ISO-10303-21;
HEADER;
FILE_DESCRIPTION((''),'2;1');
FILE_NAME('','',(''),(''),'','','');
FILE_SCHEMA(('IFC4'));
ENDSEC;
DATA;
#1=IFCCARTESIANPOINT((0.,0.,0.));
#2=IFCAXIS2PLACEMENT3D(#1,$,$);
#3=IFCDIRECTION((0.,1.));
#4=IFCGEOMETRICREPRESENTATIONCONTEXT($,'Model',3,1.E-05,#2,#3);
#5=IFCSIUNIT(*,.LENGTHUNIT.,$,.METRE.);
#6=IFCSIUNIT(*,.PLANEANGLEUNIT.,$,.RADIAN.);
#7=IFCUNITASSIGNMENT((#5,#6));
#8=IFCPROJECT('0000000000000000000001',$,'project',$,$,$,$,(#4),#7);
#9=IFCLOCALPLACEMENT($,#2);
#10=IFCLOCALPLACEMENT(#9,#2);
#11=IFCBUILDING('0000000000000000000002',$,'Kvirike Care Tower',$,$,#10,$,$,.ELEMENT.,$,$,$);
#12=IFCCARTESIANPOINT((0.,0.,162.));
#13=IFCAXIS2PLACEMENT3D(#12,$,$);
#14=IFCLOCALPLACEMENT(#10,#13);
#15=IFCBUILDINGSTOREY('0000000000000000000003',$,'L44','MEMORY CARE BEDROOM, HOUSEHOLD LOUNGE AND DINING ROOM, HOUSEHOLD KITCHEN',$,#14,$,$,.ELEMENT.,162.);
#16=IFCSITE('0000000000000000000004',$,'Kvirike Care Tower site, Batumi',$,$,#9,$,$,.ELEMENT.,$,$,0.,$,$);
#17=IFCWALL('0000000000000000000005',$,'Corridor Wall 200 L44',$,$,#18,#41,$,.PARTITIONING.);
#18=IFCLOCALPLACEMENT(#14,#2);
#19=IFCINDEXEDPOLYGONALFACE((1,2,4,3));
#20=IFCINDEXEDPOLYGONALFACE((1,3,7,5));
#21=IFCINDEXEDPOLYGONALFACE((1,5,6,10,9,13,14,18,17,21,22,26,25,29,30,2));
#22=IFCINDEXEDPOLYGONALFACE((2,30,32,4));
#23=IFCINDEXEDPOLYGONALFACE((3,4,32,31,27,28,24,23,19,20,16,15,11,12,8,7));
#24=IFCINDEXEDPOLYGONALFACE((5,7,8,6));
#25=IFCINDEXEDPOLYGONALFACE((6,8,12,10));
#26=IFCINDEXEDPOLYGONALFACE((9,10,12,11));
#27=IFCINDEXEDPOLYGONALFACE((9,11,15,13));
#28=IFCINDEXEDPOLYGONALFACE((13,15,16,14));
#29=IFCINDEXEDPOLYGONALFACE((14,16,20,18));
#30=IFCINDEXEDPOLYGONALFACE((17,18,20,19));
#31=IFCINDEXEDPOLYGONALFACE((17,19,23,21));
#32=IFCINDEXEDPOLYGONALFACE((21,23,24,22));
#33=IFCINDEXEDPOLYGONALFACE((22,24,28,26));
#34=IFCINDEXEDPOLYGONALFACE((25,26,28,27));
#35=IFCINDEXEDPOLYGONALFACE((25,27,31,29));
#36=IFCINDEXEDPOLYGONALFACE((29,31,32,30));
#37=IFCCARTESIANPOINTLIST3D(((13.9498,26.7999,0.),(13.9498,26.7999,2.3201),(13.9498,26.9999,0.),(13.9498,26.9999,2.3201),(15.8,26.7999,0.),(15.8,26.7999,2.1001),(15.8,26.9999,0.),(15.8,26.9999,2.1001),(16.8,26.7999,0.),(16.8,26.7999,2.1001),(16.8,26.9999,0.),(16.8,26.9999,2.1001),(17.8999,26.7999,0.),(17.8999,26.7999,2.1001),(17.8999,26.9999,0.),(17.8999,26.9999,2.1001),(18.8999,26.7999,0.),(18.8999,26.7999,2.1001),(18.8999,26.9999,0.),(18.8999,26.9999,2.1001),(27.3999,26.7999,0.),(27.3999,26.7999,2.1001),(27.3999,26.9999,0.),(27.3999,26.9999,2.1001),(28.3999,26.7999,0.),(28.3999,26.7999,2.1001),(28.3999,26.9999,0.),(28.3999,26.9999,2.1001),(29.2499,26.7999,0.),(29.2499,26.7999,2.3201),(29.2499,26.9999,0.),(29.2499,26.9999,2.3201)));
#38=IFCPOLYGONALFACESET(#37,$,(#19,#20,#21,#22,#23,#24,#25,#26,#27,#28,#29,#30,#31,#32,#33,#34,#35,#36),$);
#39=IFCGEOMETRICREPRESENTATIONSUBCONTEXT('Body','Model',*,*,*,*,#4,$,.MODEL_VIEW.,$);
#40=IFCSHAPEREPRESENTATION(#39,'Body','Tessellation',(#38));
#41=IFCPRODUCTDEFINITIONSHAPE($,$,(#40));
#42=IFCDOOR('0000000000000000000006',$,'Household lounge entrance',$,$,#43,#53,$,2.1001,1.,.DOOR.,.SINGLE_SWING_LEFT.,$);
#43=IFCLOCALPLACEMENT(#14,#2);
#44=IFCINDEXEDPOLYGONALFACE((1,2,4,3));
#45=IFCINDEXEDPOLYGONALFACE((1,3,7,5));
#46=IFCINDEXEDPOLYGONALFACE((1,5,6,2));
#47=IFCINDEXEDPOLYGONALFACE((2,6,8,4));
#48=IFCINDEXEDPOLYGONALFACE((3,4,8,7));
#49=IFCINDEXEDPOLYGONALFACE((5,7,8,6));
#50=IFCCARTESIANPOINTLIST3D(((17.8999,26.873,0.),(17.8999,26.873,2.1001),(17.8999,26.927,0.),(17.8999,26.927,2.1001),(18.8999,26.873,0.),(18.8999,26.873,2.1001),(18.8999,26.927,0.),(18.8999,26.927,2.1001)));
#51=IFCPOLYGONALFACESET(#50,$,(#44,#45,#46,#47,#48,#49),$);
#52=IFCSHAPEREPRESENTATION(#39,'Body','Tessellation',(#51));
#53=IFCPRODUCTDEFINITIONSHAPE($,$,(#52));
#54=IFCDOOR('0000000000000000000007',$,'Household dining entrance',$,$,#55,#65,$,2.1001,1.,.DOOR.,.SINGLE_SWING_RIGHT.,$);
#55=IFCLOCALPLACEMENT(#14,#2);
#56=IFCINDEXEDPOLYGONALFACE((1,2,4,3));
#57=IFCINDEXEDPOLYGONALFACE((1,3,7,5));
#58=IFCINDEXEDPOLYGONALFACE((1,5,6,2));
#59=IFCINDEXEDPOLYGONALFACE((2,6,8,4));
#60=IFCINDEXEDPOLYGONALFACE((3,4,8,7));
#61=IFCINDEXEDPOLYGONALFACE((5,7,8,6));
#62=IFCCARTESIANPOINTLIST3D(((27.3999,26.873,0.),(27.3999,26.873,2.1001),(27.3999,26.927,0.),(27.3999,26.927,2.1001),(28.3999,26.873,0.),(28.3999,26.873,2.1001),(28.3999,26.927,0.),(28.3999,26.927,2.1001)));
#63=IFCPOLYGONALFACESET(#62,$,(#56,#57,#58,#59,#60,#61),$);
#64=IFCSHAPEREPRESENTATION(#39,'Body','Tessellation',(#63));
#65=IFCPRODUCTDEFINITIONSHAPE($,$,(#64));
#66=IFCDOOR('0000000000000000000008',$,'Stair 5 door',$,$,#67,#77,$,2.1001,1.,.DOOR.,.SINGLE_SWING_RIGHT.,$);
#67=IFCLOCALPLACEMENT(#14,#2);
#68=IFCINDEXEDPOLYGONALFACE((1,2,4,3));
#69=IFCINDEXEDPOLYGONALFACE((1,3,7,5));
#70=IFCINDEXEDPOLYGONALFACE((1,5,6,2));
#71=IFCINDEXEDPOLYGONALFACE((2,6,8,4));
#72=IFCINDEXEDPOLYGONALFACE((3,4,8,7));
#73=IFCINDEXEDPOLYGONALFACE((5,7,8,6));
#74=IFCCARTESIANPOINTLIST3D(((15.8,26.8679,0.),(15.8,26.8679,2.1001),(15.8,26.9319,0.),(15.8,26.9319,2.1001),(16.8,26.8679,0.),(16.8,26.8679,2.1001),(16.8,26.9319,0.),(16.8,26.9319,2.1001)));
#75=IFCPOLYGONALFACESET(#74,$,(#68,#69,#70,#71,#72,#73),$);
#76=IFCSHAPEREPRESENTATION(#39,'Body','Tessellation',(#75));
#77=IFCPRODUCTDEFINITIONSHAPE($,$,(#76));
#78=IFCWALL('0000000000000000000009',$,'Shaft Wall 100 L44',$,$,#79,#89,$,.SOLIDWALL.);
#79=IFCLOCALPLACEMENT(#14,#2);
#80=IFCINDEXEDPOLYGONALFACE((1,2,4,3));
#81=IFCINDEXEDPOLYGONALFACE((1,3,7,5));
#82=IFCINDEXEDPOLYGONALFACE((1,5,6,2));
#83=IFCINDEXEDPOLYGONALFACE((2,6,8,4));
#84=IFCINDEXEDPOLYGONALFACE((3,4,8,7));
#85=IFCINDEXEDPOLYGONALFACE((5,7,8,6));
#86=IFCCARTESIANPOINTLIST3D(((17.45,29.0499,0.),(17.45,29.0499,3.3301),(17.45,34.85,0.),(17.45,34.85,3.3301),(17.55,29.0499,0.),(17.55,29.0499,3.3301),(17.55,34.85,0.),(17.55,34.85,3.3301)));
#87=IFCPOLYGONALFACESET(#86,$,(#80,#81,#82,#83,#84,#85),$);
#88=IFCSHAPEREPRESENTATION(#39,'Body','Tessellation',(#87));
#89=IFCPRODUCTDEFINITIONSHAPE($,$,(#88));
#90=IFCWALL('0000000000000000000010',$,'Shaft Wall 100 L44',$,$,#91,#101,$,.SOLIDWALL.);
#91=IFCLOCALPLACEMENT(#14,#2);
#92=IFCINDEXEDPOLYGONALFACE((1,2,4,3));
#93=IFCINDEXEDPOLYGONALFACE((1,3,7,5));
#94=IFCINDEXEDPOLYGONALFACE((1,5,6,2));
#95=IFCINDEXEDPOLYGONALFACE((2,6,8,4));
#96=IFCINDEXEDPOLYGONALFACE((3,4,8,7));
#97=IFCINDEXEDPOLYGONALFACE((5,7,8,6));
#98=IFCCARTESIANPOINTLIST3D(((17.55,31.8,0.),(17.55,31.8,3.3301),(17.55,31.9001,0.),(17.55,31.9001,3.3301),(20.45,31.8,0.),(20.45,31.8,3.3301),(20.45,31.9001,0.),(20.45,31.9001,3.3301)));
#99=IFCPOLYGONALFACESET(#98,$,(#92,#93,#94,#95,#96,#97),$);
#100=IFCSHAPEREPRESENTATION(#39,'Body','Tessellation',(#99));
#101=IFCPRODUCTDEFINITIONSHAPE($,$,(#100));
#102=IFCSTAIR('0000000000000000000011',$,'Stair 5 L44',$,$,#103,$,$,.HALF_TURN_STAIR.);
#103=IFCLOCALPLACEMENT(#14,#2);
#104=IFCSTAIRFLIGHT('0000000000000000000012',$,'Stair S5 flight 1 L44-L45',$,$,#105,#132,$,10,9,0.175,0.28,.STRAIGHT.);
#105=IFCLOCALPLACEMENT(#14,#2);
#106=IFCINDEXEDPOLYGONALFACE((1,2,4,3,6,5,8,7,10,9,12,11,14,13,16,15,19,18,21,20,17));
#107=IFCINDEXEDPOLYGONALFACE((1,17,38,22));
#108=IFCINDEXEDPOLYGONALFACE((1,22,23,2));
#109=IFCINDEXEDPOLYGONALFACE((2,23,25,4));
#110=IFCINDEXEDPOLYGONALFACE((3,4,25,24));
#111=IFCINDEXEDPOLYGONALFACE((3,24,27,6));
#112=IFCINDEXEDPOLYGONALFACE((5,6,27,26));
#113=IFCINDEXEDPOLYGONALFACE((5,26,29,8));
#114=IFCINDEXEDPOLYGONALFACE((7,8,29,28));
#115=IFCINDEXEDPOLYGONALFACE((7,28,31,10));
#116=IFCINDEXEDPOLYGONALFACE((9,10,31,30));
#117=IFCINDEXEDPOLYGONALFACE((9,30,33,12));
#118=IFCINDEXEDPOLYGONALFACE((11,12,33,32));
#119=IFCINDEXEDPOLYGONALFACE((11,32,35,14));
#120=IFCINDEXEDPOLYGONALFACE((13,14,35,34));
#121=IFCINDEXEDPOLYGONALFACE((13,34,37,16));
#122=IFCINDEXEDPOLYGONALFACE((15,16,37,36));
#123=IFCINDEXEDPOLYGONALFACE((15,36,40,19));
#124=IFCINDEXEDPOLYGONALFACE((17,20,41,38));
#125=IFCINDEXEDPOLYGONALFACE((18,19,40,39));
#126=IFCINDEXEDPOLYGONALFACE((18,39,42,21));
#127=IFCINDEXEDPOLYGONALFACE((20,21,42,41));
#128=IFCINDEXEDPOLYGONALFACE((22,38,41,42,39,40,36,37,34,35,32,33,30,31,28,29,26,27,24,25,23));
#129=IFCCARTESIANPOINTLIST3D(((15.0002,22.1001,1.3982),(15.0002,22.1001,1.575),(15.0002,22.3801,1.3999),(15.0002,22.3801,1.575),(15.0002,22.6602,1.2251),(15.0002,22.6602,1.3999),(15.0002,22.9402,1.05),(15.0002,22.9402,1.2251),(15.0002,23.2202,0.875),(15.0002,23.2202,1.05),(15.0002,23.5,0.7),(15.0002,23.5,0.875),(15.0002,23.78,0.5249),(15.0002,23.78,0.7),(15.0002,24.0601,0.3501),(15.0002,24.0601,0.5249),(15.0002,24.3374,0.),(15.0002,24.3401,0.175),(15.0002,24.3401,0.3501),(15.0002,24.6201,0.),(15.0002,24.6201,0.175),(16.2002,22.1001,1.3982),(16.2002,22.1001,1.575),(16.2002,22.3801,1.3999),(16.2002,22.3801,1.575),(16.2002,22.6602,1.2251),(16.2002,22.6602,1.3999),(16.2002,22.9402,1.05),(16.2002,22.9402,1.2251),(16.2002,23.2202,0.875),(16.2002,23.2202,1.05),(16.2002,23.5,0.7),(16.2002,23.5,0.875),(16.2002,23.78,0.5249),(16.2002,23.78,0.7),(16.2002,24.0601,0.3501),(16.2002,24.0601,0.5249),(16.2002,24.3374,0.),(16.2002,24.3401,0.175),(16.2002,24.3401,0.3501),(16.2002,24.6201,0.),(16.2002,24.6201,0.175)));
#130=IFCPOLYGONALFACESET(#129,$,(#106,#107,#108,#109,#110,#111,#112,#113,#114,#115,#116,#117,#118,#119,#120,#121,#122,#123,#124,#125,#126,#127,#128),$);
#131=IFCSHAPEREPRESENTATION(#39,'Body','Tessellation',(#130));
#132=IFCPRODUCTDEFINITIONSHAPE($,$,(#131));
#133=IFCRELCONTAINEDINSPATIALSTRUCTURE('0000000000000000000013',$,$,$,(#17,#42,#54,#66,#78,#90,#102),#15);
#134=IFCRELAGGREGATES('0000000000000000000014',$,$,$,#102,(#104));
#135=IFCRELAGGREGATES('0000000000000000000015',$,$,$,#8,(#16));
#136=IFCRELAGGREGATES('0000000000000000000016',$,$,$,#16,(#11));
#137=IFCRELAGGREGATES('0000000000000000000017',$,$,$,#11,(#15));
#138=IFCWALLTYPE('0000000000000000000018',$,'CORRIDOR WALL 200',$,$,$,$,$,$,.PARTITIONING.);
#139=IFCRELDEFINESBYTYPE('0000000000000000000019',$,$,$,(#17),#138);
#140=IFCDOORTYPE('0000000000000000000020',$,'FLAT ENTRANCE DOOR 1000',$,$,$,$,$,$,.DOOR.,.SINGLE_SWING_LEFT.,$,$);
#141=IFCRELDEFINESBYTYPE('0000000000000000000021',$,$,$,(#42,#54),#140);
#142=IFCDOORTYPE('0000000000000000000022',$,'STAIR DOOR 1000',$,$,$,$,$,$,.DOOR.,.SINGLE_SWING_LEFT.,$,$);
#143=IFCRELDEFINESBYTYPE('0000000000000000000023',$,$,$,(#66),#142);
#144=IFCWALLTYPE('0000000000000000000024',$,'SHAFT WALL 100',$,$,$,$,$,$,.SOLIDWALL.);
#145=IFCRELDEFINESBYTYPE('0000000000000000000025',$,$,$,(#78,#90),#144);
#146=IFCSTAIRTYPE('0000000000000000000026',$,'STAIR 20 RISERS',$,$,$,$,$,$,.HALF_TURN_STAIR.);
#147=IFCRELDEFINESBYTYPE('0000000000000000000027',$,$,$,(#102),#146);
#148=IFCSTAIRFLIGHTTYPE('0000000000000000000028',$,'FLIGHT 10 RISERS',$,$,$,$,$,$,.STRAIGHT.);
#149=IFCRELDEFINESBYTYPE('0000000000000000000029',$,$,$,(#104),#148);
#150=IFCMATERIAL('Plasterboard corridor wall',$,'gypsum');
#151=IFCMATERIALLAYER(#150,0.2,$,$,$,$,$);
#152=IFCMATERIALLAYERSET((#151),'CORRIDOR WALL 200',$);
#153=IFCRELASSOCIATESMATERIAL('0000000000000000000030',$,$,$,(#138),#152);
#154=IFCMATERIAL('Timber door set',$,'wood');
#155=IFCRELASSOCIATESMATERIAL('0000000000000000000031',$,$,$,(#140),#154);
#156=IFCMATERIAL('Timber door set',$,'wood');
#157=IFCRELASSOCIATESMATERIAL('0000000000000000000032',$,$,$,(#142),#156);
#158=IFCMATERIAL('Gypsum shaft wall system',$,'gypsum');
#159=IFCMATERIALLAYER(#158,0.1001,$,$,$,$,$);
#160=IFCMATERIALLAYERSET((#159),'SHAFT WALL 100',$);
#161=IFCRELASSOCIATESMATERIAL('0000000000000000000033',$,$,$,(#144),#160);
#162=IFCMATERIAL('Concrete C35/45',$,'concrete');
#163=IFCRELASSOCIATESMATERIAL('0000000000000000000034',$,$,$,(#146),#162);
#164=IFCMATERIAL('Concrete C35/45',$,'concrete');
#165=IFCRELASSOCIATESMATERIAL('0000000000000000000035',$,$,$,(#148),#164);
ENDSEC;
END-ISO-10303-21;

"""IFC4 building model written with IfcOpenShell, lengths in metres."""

from ifc_helpers import new_model, si_unit, direction, frame, frame_2d, origin, place, context, subcontext, project, spatial, polyline, rectangle, outline, extrude, material, layer, layer_set, type_object, element, fill, aggregate, save


model = new_model("IFC4")

# Units and contexts
model_context = context("Model", 3, precision=1e-05, world=origin(), true_north=direction((0.0, 1.0)))
body_context = subcontext(model_context, "Body", "Model", "MODEL_VIEW")
ifc_project = project(units=[si_unit("LENGTHUNIT", "METRE"), si_unit("PLANEANGLEUNIT", "RADIAN")], contexts=[model_context])

# Site, building, storey
site_placement = place(None, origin())
site = spatial("IfcSite", under=ifc_project, at=site_placement, Name="Kvirike Care Tower site, Batumi", CompositionType="ELEMENT", RefElevation=0.0)
building_placement = place(site_placement, origin())
building = spatial("IfcBuilding", under=site, at=building_placement, Name="Kvirike Care Tower", CompositionType="ELEMENT")
storey_placement = place(building_placement, frame((0.0, 0.0, 162.0)))
storey = spatial("IfcBuildingStorey", under=building, at=storey_placement, Name="L44", Description="MEMORY CARE BEDROOM, HOUSEHOLD LOUNGE AND DINING ROOM, HOUSEHOLD KITCHEN", CompositionType="ELEMENT", Elevation=162.0)

# Wall, openings, doors
ifc_material_1 = material(Name="Plasterboard corridor wall", Category="gypsum")
ifc_layer_1 = layer(ifc_material_1, 0.2)
ifc_layer_set_1 = layer_set([ifc_layer_1], Name="CORRIDOR WALL 200")
wall_type_1 = type_object("IfcWallType", Name="CORRIDOR WALL 200", PredefinedType="PARTITIONING", material=ifc_layer_set_1)
wall_1_placement = place(storey_placement, frame((13.95, 26.8999, 0.0), z_axis=(0.0, 0.0, 1.0), x_axis=(1.0, 0.0, 0.0)))
wall_1 = element("IfcWall", 1, at=wall_1_placement, inside=storey, type_object=wall_type_1, Name="Corridor Wall 200 L44", PredefinedType="PARTITIONING", context=body_context, shape_type="SweptSolid", body=[
    extrude(rectangle(XDim=15.3, YDim=0.2, at=frame_2d((7.6499, 0.0))), origin(), (0.0, 0.0, 1.0), 2.3201),
])
opening_1_placement = place(wall_1_placement, frame((1.8501, 0.0, 0.0)))
opening_1 = element("IfcOpeningElement", 2, at=opening_1_placement, cuts=wall_1, PredefinedType="OPENING", context=body_context, shape_type="SweptSolid", body=[
    extrude(rectangle(XDim=1.0, YDim=2.1001, at=frame_2d((0.5, 1.05))), frame((0.0, 0.1106, 0.0), z_axis=(0.0, -1.0, 0.0), x_axis=(1.0, 0.0, 0.0)), (0.0, 0.0, 1.0), 0.2209),
])
opening_2_placement = place(wall_1_placement, frame((3.95, 0.0, 0.0)))
opening_2 = element("IfcOpeningElement", 3, at=opening_2_placement, cuts=wall_1, PredefinedType="OPENING", context=body_context, shape_type="SweptSolid", body=[
    extrude(rectangle(XDim=1.0, YDim=2.1001, at=frame_2d((0.5, 1.05))), frame((0.0, 0.1106, 0.0), z_axis=(0.0, -1.0, 0.0), x_axis=(1.0, 0.0, 0.0)), (0.0, 0.0, 1.0), 0.2209),
])
opening_3_placement = place(wall_1_placement, frame((13.45, 0.0, 0.0)))
opening_3 = element("IfcOpeningElement", 4, at=opening_3_placement, cuts=wall_1, PredefinedType="OPENING", context=body_context, shape_type="SweptSolid", body=[
    extrude(rectangle(XDim=1.0, YDim=2.1001, at=frame_2d((0.5, 1.05))), frame((0.0, 0.1106, 0.0), z_axis=(0.0, -1.0, 0.0), x_axis=(1.0, 0.0, 0.0)), (0.0, 0.0, 1.0), 0.2209),
])
ifc_material_2 = material(Name="Timber door set", Category="wood")
door_type_1 = type_object("IfcDoorType", Name="FLAT ENTRANCE DOOR 1000", OperationType="SINGLE_SWING_LEFT", PredefinedType="DOOR", material=ifc_material_2)
door_1_placement = place(opening_2_placement, frame((1.0, 0.0, 0.0), z_axis=(0.0, 0.0, 1.0), x_axis=(-1.0, 0.0, 0.0)))
door_1 = element("IfcDoor", 5, at=door_1_placement, inside=storey, type_object=door_type_1, Name="Household lounge entrance", OperationType="SINGLE_SWING_LEFT", OverallHeight=2.1001, OverallWidth=1.0, PredefinedType="DOOR", context=body_context, shape_type="SweptSolid", body=[
    extrude(rectangle(XDim=1.0, YDim=2.1001, at=frame_2d((0.5, 1.05))), frame((0.0, 0.0269, 0.0), z_axis=(0.0, -1.0, 0.0), x_axis=(1.0, 0.0, 0.0)), (0.0, 0.0, 1.0), 0.054),
])
fill(opening_2, door_1)
door_2_placement = place(opening_3_placement, frame((1.0, 0.0, 0.0), z_axis=(0.0, 0.0, 1.0), x_axis=(-1.0, 0.0, 0.0)))
door_2 = element("IfcDoor", 6, at=door_2_placement, inside=storey, type_object=door_type_1, Name="Household dining entrance", OperationType="SINGLE_SWING_RIGHT", OverallHeight=2.1001, OverallWidth=1.0, PredefinedType="DOOR", context=body_context, shape_type="SweptSolid", body=[
    extrude(rectangle(XDim=1.0, YDim=2.1001, at=frame_2d((0.5, 1.05))), frame((0.0, 0.0269, 0.0), z_axis=(0.0, -1.0, 0.0), x_axis=(1.0, 0.0, 0.0)), (0.0, 0.0, 1.0), 0.054),
])
fill(opening_3, door_2)
ifc_material_3 = material(Name="Timber door set", Category="wood")
door_type_2 = type_object("IfcDoorType", Name="STAIR DOOR 1000", OperationType="SINGLE_SWING_LEFT", PredefinedType="DOOR", material=ifc_material_3)
door_3_placement = place(opening_1_placement, frame((1.0, 0.0, 0.0), z_axis=(0.0, 0.0, 1.0), x_axis=(-1.0, 0.0, 0.0)))
door_3 = element("IfcDoor", 7, at=door_3_placement, inside=storey, type_object=door_type_2, Name="Stair 5 door", OperationType="SINGLE_SWING_RIGHT", OverallHeight=2.1001, OverallWidth=1.0, PredefinedType="DOOR", context=body_context, shape_type="SweptSolid", body=[
    extrude(rectangle(XDim=1.0, YDim=2.1001, at=frame_2d((0.5, 1.05))), frame((0.0, 0.032, 0.0), z_axis=(0.0, -1.0, 0.0), x_axis=(1.0, 0.0, 0.0)), (0.0, 0.0, 1.0), 0.064),
])
fill(opening_1, door_3)

# Walls
ifc_material_4 = material(Name="Gypsum shaft wall system", Category="gypsum")
ifc_layer_2 = layer(ifc_material_4, 0.1001)
ifc_layer_set_2 = layer_set([ifc_layer_2], Name="SHAFT WALL 100")
wall_type_2 = type_object("IfcWallType", Name="SHAFT WALL 100", PredefinedType="SOLIDWALL", material=ifc_layer_set_2)
wall_2_placement = place(storey_placement, frame((17.5, 29.05, 0.0), z_axis=(0.0, 0.0, 1.0), x_axis=(0.0, 1.0, 0.0)))
element("IfcWall", 8, at=wall_2_placement, inside=storey, type_object=wall_type_2, Name="Shaft Wall 100 L44", PredefinedType="SOLIDWALL", context=body_context, shape_type="SweptSolid", body=[
    extrude(rectangle(XDim=5.8, YDim=0.1001, at=frame_2d((2.8999, 0.0))), origin(), (0.0, 0.0, 1.0), 3.3301),
])
wall_3_placement = place(storey_placement, frame((17.55, 31.8501, 0.0), z_axis=(0.0, 0.0, 1.0), x_axis=(1.0, 0.0, 0.0)))
element("IfcWall", 9, at=wall_3_placement, inside=storey, type_object=wall_type_2, Name="Shaft Wall 100 L44", PredefinedType="SOLIDWALL", context=body_context, shape_type="SweptSolid", body=[
    extrude(rectangle(XDim=2.8999, YDim=0.1001, at=frame_2d((1.45, 0.0))), origin(), (0.0, 0.0, 1.0), 3.3301),
])

# Stair, stair flight
ifc_material_5 = material(Name="Concrete C35/45", Category="concrete")
stair_type = type_object("IfcStairType", Name="STAIR 20 RISERS", PredefinedType="HALF_TURN_STAIR", material=ifc_material_5)
stair_placement = place(storey_placement, origin())
stair = element("IfcStair", 10, at=stair_placement, inside=storey, type_object=stair_type, Name="Stair 5 L44", PredefinedType="HALF_TURN_STAIR")
ifc_material_6 = material(Name="Concrete C35/45", Category="concrete")
stair_flight_type = type_object("IfcStairFlightType", Name="FLIGHT 10 RISERS", PredefinedType="STRAIGHT", material=ifc_material_6)
stair_flight_placement = place(storey_placement, frame((15.6001, 24.6201, 0.0), z_axis=(0.0, 0.0, 1.0), x_axis=(0.0, -1.0, 0.0)))
stair_flight = element("IfcStairFlight", 11, at=stair_flight_placement, type_object=stair_flight_type, Name="Stair S5 flight 1 L44-L45", NumberOfRisers=10, NumberOfTreads=9, PredefinedType="STRAIGHT", RiserHeight=0.175, TreadLength=0.28, context=body_context, shape_type="SweptSolid", body=[
    extrude(outline(polyline([(0.0, 0.0), (0.0, 0.175), (0.28, 0.175), (0.28, 0.3501), (0.5601, 0.3501), (0.5601, 0.5249), (0.8401, 0.5249), (0.8401, 0.7), (1.1201, 0.7), (1.1201, 0.875), (1.3999, 0.875), (1.3999, 1.05), (1.6799, 1.05), (1.6799, 1.2251), (1.96, 1.2251), (1.96, 1.3999), (2.24, 1.3999), (2.24, 1.575), (2.52, 1.575), (2.52, 1.75), (2.52, 1.3982), (0.2827, 0.0), (0.0, 0.0)])), frame((0.0, 0.6001, 0.0), z_axis=(0.0, -1.0, 0.0), x_axis=(1.0, 0.0, 0.0)), (0.0, 0.0, 1.0), 1.2),
])
aggregate(stair, [stair_flight])

save(model, "model.ifc")
